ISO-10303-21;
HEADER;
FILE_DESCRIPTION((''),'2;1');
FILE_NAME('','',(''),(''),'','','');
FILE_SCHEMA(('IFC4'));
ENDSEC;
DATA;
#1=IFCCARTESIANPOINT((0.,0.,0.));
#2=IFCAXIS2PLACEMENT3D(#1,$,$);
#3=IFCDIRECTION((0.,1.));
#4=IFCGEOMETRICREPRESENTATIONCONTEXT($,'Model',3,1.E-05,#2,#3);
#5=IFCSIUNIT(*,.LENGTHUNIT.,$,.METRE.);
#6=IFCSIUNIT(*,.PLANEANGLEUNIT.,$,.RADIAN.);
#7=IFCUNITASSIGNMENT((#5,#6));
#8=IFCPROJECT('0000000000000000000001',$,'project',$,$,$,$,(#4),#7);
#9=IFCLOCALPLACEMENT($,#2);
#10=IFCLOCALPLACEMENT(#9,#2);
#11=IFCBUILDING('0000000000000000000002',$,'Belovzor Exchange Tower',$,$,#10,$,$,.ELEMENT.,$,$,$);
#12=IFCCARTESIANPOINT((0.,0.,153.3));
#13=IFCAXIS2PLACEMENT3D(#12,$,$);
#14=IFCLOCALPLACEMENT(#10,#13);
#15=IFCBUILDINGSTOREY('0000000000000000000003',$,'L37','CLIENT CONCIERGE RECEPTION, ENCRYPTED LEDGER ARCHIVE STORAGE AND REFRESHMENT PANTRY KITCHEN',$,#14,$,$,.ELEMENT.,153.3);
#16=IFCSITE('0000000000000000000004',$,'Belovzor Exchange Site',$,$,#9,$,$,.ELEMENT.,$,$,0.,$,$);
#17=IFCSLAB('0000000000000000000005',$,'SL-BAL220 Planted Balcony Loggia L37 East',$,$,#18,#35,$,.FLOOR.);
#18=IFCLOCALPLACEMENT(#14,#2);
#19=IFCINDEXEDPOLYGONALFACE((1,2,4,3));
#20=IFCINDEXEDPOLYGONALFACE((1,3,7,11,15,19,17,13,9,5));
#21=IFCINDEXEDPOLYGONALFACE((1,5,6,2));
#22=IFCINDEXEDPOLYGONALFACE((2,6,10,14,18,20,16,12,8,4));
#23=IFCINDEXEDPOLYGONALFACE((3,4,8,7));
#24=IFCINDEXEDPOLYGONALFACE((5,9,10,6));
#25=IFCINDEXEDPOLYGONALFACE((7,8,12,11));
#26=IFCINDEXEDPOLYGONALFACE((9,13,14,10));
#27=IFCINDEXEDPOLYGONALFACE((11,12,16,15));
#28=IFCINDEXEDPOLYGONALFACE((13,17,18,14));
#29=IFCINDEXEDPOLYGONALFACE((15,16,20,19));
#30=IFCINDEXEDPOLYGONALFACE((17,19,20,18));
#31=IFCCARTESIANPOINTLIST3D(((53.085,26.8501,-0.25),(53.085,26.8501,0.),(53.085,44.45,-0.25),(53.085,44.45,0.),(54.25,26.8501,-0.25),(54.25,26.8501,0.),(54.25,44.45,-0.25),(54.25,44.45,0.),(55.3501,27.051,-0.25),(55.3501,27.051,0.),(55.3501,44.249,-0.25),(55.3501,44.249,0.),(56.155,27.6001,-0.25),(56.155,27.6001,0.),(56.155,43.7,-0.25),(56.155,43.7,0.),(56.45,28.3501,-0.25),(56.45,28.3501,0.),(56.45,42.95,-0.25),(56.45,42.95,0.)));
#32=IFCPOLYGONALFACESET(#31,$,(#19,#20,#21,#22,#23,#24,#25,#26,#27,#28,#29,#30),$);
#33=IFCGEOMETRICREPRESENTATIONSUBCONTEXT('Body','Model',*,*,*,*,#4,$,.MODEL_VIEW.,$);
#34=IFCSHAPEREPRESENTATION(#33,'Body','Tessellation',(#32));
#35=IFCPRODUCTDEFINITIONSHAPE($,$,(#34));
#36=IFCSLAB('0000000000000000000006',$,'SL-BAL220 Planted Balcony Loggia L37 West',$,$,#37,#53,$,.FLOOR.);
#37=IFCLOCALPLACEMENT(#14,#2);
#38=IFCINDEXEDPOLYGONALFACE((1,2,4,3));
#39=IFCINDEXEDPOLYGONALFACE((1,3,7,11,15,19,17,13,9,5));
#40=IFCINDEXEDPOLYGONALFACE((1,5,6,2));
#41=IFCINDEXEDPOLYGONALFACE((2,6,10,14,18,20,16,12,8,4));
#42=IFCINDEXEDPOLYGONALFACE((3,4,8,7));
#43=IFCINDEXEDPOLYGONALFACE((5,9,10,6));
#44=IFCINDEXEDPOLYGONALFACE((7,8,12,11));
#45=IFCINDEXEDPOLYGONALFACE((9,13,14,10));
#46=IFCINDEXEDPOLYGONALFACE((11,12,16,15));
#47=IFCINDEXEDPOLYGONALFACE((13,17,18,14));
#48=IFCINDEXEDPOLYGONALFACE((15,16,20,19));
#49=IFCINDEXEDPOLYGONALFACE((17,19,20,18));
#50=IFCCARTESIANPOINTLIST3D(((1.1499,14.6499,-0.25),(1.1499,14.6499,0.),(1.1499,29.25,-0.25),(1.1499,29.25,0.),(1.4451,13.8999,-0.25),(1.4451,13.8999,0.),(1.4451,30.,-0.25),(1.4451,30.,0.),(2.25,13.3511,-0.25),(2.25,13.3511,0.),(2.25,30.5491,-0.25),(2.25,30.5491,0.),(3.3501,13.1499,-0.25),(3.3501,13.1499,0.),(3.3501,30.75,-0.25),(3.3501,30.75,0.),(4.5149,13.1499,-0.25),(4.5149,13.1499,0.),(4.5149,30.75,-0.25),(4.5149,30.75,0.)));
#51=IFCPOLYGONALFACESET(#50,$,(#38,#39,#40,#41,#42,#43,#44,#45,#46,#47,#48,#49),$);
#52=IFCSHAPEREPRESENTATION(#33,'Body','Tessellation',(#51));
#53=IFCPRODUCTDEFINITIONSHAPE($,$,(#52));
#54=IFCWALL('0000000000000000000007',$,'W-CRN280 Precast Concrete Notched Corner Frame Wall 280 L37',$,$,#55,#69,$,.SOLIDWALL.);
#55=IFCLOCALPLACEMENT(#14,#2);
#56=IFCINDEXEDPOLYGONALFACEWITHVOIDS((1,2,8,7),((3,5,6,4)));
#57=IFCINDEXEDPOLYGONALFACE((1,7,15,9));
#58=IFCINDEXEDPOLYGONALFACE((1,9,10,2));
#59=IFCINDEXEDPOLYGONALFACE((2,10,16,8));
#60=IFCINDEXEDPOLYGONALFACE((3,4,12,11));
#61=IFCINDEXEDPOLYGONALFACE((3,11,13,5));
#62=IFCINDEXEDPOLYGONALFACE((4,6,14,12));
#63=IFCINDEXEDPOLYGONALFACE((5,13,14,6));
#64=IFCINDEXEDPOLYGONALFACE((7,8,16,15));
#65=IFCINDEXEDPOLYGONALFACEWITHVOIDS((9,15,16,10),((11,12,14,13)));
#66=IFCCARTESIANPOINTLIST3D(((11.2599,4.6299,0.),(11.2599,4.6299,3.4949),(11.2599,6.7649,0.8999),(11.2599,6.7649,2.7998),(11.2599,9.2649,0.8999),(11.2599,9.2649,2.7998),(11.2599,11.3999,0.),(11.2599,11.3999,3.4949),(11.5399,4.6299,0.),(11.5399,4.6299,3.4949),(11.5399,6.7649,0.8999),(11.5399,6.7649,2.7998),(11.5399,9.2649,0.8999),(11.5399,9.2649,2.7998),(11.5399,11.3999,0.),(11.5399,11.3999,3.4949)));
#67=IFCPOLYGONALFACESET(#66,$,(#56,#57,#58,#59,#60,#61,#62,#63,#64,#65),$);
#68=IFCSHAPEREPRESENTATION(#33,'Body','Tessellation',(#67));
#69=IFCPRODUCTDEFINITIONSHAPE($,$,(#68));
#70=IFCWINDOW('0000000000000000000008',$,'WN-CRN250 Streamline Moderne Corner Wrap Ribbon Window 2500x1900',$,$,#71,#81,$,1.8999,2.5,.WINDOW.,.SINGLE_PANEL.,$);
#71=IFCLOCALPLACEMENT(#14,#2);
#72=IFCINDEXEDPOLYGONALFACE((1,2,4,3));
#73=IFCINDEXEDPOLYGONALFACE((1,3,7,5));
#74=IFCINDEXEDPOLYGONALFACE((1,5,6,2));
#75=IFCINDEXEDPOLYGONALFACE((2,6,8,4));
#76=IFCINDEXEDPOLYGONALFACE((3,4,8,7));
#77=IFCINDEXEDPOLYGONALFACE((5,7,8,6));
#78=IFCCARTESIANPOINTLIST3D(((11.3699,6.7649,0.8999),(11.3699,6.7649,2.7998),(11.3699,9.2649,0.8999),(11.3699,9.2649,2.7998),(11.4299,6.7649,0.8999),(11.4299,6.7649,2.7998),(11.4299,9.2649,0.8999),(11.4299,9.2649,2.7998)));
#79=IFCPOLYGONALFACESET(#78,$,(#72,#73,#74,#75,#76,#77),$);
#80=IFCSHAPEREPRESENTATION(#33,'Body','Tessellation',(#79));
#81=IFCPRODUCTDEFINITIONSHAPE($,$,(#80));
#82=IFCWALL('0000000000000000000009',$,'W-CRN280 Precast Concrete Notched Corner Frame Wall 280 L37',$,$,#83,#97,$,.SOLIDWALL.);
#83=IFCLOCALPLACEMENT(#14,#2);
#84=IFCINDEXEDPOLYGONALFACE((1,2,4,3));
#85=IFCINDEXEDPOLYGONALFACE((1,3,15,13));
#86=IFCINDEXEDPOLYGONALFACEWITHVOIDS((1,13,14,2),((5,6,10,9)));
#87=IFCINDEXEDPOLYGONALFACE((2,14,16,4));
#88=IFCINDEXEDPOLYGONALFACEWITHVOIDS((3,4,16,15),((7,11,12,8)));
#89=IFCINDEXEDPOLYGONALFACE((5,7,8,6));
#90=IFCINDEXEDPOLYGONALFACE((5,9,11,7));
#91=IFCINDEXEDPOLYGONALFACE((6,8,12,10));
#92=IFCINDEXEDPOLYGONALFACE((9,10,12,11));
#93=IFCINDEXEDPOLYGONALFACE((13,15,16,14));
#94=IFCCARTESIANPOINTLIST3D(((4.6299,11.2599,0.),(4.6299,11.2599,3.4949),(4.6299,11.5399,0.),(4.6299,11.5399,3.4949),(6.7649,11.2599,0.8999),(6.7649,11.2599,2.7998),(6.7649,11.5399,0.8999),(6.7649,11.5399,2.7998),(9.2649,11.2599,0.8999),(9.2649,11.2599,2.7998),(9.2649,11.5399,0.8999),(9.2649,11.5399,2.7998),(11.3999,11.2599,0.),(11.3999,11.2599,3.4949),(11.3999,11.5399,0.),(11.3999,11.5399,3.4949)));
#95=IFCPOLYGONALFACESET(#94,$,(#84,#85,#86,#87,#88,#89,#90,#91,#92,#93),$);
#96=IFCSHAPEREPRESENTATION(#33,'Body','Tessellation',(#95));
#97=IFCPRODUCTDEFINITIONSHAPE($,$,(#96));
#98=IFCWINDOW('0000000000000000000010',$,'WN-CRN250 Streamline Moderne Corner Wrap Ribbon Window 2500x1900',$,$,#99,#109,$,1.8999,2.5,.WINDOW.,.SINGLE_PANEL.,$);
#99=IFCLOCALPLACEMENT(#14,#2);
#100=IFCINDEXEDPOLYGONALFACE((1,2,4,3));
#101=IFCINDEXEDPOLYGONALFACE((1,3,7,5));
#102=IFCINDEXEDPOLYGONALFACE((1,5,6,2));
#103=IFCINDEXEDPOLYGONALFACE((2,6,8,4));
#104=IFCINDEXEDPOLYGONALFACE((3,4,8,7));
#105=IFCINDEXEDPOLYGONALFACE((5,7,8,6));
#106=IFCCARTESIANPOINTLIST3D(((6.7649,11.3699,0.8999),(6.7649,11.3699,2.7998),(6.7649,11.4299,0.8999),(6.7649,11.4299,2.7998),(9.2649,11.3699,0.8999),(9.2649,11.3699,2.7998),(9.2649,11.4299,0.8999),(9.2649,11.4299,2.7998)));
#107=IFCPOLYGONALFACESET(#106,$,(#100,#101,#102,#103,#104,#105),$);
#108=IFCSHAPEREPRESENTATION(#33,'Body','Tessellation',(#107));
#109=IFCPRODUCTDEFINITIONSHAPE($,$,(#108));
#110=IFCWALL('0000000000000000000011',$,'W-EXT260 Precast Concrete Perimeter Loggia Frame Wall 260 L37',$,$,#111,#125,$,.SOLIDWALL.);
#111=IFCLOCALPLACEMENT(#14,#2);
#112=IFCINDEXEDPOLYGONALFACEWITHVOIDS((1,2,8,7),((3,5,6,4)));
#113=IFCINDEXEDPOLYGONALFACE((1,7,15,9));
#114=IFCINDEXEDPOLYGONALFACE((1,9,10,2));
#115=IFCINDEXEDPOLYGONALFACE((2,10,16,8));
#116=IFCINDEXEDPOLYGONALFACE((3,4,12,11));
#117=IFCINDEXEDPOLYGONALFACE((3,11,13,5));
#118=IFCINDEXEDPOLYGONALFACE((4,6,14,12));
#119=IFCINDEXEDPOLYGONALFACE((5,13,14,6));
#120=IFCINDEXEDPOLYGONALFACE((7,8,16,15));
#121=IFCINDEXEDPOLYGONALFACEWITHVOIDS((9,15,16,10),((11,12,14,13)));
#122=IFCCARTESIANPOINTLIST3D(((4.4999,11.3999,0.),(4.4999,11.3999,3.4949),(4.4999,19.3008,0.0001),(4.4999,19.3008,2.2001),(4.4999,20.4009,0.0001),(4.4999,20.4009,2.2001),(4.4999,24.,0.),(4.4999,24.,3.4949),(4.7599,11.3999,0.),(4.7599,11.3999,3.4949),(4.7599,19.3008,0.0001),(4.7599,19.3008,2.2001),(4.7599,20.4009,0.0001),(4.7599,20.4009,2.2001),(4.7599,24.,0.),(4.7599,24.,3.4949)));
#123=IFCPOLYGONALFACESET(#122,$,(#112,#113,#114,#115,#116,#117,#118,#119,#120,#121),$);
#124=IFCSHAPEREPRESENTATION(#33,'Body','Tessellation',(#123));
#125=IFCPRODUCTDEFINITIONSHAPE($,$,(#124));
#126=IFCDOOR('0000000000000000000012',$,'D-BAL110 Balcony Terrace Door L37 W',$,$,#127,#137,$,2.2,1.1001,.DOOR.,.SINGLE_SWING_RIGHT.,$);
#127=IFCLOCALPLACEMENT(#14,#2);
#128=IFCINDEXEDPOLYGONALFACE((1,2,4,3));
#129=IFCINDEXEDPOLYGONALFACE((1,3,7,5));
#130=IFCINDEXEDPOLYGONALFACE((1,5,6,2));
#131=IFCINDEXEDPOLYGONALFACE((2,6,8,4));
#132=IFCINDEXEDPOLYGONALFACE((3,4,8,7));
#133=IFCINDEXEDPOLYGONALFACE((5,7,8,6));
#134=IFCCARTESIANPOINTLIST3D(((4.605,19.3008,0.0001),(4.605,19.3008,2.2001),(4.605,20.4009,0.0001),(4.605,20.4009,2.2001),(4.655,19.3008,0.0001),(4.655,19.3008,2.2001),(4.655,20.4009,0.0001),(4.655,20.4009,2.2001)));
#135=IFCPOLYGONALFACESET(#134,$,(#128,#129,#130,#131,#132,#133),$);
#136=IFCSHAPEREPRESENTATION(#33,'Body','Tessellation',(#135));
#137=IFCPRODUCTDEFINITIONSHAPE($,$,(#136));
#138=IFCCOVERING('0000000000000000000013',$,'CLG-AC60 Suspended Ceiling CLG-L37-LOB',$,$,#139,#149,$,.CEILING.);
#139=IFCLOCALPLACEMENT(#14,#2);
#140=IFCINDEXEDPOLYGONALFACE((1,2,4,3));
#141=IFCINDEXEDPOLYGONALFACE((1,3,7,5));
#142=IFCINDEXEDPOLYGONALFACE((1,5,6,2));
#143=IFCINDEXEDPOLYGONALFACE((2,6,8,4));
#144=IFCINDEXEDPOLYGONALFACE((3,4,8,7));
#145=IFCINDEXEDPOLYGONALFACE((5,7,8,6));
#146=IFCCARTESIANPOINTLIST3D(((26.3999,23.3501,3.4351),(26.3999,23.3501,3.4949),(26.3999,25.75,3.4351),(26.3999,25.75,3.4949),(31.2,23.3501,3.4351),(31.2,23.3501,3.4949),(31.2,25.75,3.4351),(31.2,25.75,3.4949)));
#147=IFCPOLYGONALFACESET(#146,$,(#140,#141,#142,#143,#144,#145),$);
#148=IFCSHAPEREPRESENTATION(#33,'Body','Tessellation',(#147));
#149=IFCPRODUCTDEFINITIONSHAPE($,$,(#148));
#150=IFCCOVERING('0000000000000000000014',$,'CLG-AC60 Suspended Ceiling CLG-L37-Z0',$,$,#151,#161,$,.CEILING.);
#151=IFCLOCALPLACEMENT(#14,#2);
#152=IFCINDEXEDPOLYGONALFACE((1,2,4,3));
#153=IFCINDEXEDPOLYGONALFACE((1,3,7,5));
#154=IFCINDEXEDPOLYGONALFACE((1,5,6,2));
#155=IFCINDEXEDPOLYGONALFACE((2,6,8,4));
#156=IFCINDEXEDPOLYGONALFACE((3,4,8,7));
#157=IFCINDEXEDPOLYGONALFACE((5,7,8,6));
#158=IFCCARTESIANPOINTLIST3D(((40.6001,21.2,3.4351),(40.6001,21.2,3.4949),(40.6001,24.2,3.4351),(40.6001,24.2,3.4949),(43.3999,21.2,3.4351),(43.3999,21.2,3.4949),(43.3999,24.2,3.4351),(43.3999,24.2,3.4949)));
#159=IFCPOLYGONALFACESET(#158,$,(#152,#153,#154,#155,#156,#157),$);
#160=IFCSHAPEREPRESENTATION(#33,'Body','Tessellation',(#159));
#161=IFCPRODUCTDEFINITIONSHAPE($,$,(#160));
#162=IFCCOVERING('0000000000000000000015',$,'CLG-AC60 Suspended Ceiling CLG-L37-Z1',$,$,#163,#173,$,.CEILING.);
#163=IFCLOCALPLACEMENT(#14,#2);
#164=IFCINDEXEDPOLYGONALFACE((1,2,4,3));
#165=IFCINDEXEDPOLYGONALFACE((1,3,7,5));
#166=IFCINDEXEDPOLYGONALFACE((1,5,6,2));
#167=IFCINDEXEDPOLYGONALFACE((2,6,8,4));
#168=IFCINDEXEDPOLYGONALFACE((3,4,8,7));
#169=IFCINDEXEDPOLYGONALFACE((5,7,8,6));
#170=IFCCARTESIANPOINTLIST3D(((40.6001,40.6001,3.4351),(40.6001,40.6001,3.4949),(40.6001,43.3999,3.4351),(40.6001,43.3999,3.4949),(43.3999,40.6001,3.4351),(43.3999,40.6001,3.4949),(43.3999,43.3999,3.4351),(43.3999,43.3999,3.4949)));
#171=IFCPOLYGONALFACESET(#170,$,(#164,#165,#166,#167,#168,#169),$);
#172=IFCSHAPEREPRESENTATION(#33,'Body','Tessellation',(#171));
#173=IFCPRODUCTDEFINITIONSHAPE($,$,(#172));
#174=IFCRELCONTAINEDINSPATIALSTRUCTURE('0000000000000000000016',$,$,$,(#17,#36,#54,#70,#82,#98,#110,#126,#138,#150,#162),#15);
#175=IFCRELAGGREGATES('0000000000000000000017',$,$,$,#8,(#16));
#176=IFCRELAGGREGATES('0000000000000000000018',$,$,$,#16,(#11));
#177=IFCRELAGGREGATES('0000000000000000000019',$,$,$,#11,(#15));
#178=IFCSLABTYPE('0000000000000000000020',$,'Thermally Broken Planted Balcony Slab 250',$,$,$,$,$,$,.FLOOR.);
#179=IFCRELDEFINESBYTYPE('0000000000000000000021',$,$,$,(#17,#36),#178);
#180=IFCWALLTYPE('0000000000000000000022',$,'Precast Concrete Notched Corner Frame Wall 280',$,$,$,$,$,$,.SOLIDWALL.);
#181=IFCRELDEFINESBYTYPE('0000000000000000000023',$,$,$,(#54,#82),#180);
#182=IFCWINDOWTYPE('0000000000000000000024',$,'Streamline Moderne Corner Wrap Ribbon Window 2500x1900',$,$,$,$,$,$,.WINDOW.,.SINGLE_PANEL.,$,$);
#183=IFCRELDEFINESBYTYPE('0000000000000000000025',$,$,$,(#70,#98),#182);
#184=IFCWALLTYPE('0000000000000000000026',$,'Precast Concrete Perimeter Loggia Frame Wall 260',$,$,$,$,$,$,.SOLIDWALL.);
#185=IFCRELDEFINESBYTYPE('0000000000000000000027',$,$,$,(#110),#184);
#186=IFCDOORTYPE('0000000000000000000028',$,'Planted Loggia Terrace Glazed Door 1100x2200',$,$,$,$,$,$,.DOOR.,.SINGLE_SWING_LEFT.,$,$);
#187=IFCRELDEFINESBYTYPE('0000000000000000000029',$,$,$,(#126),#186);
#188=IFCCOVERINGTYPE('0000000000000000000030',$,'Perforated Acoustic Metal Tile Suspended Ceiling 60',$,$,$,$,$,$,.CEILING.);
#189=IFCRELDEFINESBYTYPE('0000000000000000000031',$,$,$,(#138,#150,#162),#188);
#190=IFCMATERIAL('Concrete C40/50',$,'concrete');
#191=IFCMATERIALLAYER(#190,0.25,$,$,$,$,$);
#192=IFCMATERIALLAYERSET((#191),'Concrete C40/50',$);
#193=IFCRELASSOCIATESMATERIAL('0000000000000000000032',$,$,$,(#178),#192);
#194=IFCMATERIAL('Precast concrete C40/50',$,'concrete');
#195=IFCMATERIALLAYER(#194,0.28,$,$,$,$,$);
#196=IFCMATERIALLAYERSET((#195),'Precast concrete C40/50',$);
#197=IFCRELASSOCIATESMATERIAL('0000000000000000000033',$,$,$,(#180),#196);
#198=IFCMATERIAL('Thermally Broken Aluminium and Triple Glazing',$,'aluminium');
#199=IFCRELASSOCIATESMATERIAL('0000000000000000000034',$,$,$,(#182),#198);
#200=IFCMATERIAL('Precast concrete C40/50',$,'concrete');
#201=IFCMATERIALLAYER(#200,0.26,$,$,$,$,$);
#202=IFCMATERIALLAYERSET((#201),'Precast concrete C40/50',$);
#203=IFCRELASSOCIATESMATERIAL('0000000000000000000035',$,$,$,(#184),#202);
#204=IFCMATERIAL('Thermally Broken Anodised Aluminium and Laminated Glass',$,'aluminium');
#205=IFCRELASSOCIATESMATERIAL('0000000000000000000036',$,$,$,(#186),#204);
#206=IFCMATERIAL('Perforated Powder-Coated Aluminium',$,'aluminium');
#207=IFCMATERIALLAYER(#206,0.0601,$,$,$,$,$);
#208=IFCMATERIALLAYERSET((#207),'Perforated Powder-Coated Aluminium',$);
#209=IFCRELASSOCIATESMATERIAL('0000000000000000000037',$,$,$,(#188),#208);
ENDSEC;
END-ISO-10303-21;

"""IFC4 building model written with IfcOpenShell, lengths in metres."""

from ifc_helpers import new_model, si_unit, direction, frame, frame_2d, origin, place, context, subcontext, project, spatial, polyline, rectangle, outline, extrude, material, layer, layer_set, type_object, element, fill, save


model = new_model("IFC4")

# Units and contexts
model_context = context("Model", 3, precision=1e-05, world=origin(), true_north=direction((0.0, 1.0)))
body_context = subcontext(model_context, "Body", "Model", "MODEL_VIEW")
ifc_project = project(units=[si_unit("LENGTHUNIT", "METRE"), si_unit("PLANEANGLEUNIT", "RADIAN")], contexts=[model_context])

# Site, building, storey
site_placement = place(None, origin())
site = spatial("IfcSite", under=ifc_project, at=site_placement, Name="Belovzor Exchange Site", CompositionType="ELEMENT", RefElevation=0.0)
building_placement = place(site_placement, origin())
building = spatial("IfcBuilding", under=site, at=building_placement, Name="Belovzor Exchange Tower", CompositionType="ELEMENT")
storey_placement = place(building_placement, frame((0.0, 0.0, 153.3)))
storey = spatial("IfcBuildingStorey", under=building, at=storey_placement, Name="L37", Description="CLIENT CONCIERGE RECEPTION, ENCRYPTED LEDGER ARCHIVE STORAGE AND REFRESHMENT PANTRY KITCHEN", CompositionType="ELEMENT", Elevation=153.3)

# Slabs
ifc_material_1 = material(Name="Concrete C40/50", Category="concrete")
ifc_layer_1 = layer(ifc_material_1, 0.25)
ifc_layer_set_1 = layer_set([ifc_layer_1], Name="Concrete C40/50")
slab_type_1 = type_object("IfcSlabType", Name="Thermally Broken Planted Balcony Slab 250", PredefinedType="FLOOR", material=ifc_layer_set_1)
slab_1_placement = place(storey_placement, frame((0.0, 0.0, -0.25)))
element("IfcSlab", 1, at=slab_1_placement, inside=storey, type_object=slab_type_1, Name="SL-BAL220 Planted Balcony Loggia L37 East", PredefinedType="FLOOR", context=body_context, shape_type="SweptSolid", body=[
    extrude(outline(polyline([(53.085, 26.8501), (54.25, 26.8501), (55.3501, 27.051), (56.155, 27.6001), (56.45, 28.3501), (56.45, 42.95), (56.155, 43.7), (55.3501, 44.249), (54.25, 44.45), (53.085, 44.45), (53.085, 26.8501)])), origin(), (0.0, 0.0, 1.0), 0.25),
])
slab_2_placement = place(storey_placement, frame((0.0, 0.0, -0.25)))
element("IfcSlab", 2, at=slab_2_placement, inside=storey, type_object=slab_type_1, Name="SL-BAL220 Planted Balcony Loggia L37 West", PredefinedType="FLOOR", context=body_context, shape_type="SweptSolid", body=[
    extrude(outline(polyline([(4.5149, 30.75), (3.3501, 30.75), (2.25, 30.5491), (1.4451, 30.0), (1.1499, 29.25), (1.1499, 14.6499), (1.4451, 13.8999), (2.25, 13.3511), (3.3501, 13.1499), (4.5149, 13.1499), (4.5149, 30.75)])), origin(), (0.0, 0.0, 1.0), 0.25),
])

# Walls, openings, windows
ifc_material_2 = material(Name="Precast concrete C40/50", Category="concrete")
ifc_layer_2 = layer(ifc_material_2, 0.28)
ifc_layer_set_2 = layer_set([ifc_layer_2], Name="Precast concrete C40/50")
wall_type_1 = type_object("IfcWallType", Name="Precast Concrete Notched Corner Frame Wall 280", PredefinedType="SOLIDWALL", material=ifc_layer_set_2)
wall_1_placement = place(storey_placement, frame((11.3999, 4.6299, 0.0), z_axis=(0.0, 0.0, 1.0), x_axis=(0.0, 1.0, 0.0)))
wall_1 = element("IfcWall", 3, at=wall_1_placement, inside=storey, type_object=wall_type_1, Name="W-CRN280 Precast Concrete Notched Corner Frame Wall 280 L37", PredefinedType="SOLIDWALL", context=body_context, shape_type="SweptSolid", body=[
    extrude(rectangle(XDim=6.77, YDim=0.28, at=frame_2d((3.385, 0.0))), origin(), (0.0, 0.0, 1.0), 3.4949),
])
opening_1_placement = place(wall_1_placement, frame((2.135, 0.0, 0.8999)))
opening_1 = element("IfcOpeningElement", 4, at=opening_1_placement, cuts=wall_1, PredefinedType="OPENING", context=body_context, shape_type="SweptSolid", body=[
    extrude(rectangle(XDim=2.5, YDim=1.8999, at=frame_2d((1.25, 0.95))), frame((0.0, 0.1499, 0.0), z_axis=(0.0, -1.0, 0.0), x_axis=(1.0, 0.0, 0.0)), (0.0, 0.0, 1.0), 0.3),
])
ifc_material_3 = material(Name="Thermally Broken Aluminium and Triple Glazing", Category="aluminium")
window_type = type_object("IfcWindowType", Name="Streamline Moderne Corner Wrap Ribbon Window 2500x1900", PartitioningType="SINGLE_PANEL", PredefinedType="WINDOW", material=ifc_material_3)
window_1_placement = place(opening_1_placement, origin())
window_1 = element("IfcWindow", 5, at=window_1_placement, inside=storey, type_object=window_type, Name="WN-CRN250 Streamline Moderne Corner Wrap Ribbon Window 2500x1900", OverallHeight=1.8999, OverallWidth=2.5, PartitioningType="SINGLE_PANEL", PredefinedType="WINDOW", context=body_context, shape_type="SweptSolid", body=[
    extrude(rectangle(XDim=2.5, YDim=1.8999, at=frame_2d((1.25, 0.95))), frame((0.0, 0.03, 0.0), z_axis=(0.0, -1.0, 0.0), x_axis=(1.0, 0.0, 0.0)), (0.0, 0.0, 1.0), 0.0601),
])
fill(opening_1, window_1)
wall_2_placement = place(storey_placement, frame((11.3999, 11.3999, 0.0), z_axis=(0.0, 0.0, 1.0), x_axis=(-1.0, 0.0, 0.0)))
wall_2 = element("IfcWall", 6, at=wall_2_placement, inside=storey, type_object=wall_type_1, Name="W-CRN280 Precast Concrete Notched Corner Frame Wall 280 L37", PredefinedType="SOLIDWALL", context=body_context, shape_type="SweptSolid", body=[
    extrude(rectangle(XDim=6.77, YDim=0.28, at=frame_2d((3.385, 0.0))), origin(), (0.0, 0.0, 1.0), 3.4949),
])
opening_2_placement = place(wall_2_placement, frame((2.135, 0.0, 0.8999)))
opening_2 = element("IfcOpeningElement", 7, at=opening_2_placement, cuts=wall_2, PredefinedType="OPENING", context=body_context, shape_type="SweptSolid", body=[
    extrude(rectangle(XDim=2.5, YDim=1.8999, at=frame_2d((1.25, 0.95))), frame((0.0, 0.1499, 0.0), z_axis=(0.0, -1.0, 0.0), x_axis=(1.0, 0.0, 0.0)), (0.0, 0.0, 1.0), 0.3),
])
window_2_placement = place(opening_2_placement, origin())
window_2 = element("IfcWindow", 8, at=window_2_placement, inside=storey, type_object=window_type, Name="WN-CRN250 Streamline Moderne Corner Wrap Ribbon Window 2500x1900", OverallHeight=1.8999, OverallWidth=2.5, PartitioningType="SINGLE_PANEL", PredefinedType="WINDOW", context=body_context, shape_type="SweptSolid", body=[
    extrude(rectangle(XDim=2.5, YDim=1.8999, at=frame_2d((1.25, 0.95))), frame((0.0, 0.03, 0.0), z_axis=(0.0, -1.0, 0.0), x_axis=(1.0, 0.0, 0.0)), (0.0, 0.0, 1.0), 0.0601),
])
fill(opening_2, window_2)

# Wall, opening, door
ifc_material_4 = material(Name="Precast concrete C40/50", Category="concrete")
ifc_layer_3 = layer(ifc_material_4, 0.26)
ifc_layer_set_3 = layer_set([ifc_layer_3], Name="Precast concrete C40/50")
wall_type_2 = type_object("IfcWallType", Name="Precast Concrete Perimeter Loggia Frame Wall 260", PredefinedType="SOLIDWALL", material=ifc_layer_set_3)
wall_3_placement = place(storey_placement, frame((4.6299, 11.3999, 0.0), z_axis=(0.0, 0.0, 1.0), x_axis=(0.0, 1.0, 0.0)))
wall_3 = element("IfcWall", 9, at=wall_3_placement, inside=storey, type_object=wall_type_2, Name="W-EXT260 Precast Concrete Perimeter Loggia Frame Wall 260 L37", PredefinedType="SOLIDWALL", context=body_context, shape_type="SweptSolid", body=[
    extrude(rectangle(XDim=12.6001, YDim=0.26, at=frame_2d((6.3, 0.0))), origin(), (0.0, 0.0, 1.0), 3.4949),
])
opening_3_placement = place(wall_3_placement, frame((7.9009, 0.0, 0.0)))
opening_3 = element("IfcOpeningElement", 10, at=opening_3_placement, cuts=wall_3, PredefinedType="OPENING", context=body_context, shape_type="SweptSolid", body=[
    extrude(rectangle(XDim=1.1001, YDim=2.2, at=frame_2d((0.55, 1.1001))), frame((0.0, 0.1399, 0.0), z_axis=(0.0, -1.0, 0.0), x_axis=(1.0, 0.0, 0.0)), (0.0, 0.0, 1.0), 0.28),
])
ifc_material_5 = material(Name="Thermally Broken Anodised Aluminium and Laminated Glass", Category="aluminium")
door_type = type_object("IfcDoorType", Name="Planted Loggia Terrace Glazed Door 1100x2200", OperationType="SINGLE_SWING_LEFT", PredefinedType="DOOR", material=ifc_material_5)
door_placement = place(opening_3_placement, origin())
door = element("IfcDoor", 11, at=door_placement, inside=storey, type_object=door_type, Name="D-BAL110 Balcony Terrace Door L37 W", OperationType="SINGLE_SWING_RIGHT", OverallHeight=2.2, OverallWidth=1.1001, PredefinedType="DOOR", context=body_context, shape_type="SweptSolid", body=[
    extrude(rectangle(XDim=1.1001, YDim=2.2, at=frame_2d((0.55, 1.1001))), frame((0.0, 0.0249, 0.0), z_axis=(0.0, -1.0, 0.0), x_axis=(1.0, 0.0, 0.0)), (0.0, 0.0, 1.0), 0.05),
])
fill(opening_3, door)

# Coverings
ifc_material_6 = material(Name="Perforated Powder-Coated Aluminium", Category="aluminium")
ifc_layer_4 = layer(ifc_material_6, 0.0601)
ifc_layer_set_4 = layer_set([ifc_layer_4], Name="Perforated Powder-Coated Aluminium")
covering_type_1 = type_object("IfcCoveringType", Name="Perforated Acoustic Metal Tile Suspended Ceiling 60", PredefinedType="CEILING", material=ifc_layer_set_4)
covering_1_placement = place(storey_placement, frame((0.0, 0.0, 3.4351)))
element("IfcCovering", 12, at=covering_1_placement, inside=storey, type_object=covering_type_1, Name="CLG-AC60 Suspended Ceiling CLG-L37-LOB", PredefinedType="CEILING", context=body_context, shape_type="SweptSolid", body=[
    extrude(outline(polyline([(26.3999, 23.3501), (31.2, 23.3501), (31.2, 25.75), (26.3999, 25.75), (26.3999, 23.3501)])), origin(), (0.0, 0.0, 1.0), 0.0598),
])
covering_2_placement = place(storey_placement, frame((0.0, 0.0, 3.4351)))
element("IfcCovering", 13, at=covering_2_placement, inside=storey, type_object=covering_type_1, Name="CLG-AC60 Suspended Ceiling CLG-L37-Z0", PredefinedType="CEILING", context=body_context, shape_type="SweptSolid", body=[
    extrude(outline(polyline([(40.6001, 21.2), (43.3999, 21.2), (43.3999, 24.2), (40.6001, 24.2), (40.6001, 21.2)])), origin(), (0.0, 0.0, 1.0), 0.0598),
])
covering_3_placement = place(storey_placement, frame((0.0, 0.0, 3.4351)))
element("IfcCovering", 14, at=covering_3_placement, inside=storey, type_object=covering_type_1, Name="CLG-AC60 Suspended Ceiling CLG-L37-Z1", PredefinedType="CEILING", context=body_context, shape_type="SweptSolid", body=[
    extrude(outline(polyline([(40.6001, 40.6001), (43.3999, 40.6001), (43.3999, 43.3999), (40.6001, 43.3999), (40.6001, 40.6001)])), origin(), (0.0, 0.0, 1.0), 0.0598),
])

save(model, "model.ifc")
